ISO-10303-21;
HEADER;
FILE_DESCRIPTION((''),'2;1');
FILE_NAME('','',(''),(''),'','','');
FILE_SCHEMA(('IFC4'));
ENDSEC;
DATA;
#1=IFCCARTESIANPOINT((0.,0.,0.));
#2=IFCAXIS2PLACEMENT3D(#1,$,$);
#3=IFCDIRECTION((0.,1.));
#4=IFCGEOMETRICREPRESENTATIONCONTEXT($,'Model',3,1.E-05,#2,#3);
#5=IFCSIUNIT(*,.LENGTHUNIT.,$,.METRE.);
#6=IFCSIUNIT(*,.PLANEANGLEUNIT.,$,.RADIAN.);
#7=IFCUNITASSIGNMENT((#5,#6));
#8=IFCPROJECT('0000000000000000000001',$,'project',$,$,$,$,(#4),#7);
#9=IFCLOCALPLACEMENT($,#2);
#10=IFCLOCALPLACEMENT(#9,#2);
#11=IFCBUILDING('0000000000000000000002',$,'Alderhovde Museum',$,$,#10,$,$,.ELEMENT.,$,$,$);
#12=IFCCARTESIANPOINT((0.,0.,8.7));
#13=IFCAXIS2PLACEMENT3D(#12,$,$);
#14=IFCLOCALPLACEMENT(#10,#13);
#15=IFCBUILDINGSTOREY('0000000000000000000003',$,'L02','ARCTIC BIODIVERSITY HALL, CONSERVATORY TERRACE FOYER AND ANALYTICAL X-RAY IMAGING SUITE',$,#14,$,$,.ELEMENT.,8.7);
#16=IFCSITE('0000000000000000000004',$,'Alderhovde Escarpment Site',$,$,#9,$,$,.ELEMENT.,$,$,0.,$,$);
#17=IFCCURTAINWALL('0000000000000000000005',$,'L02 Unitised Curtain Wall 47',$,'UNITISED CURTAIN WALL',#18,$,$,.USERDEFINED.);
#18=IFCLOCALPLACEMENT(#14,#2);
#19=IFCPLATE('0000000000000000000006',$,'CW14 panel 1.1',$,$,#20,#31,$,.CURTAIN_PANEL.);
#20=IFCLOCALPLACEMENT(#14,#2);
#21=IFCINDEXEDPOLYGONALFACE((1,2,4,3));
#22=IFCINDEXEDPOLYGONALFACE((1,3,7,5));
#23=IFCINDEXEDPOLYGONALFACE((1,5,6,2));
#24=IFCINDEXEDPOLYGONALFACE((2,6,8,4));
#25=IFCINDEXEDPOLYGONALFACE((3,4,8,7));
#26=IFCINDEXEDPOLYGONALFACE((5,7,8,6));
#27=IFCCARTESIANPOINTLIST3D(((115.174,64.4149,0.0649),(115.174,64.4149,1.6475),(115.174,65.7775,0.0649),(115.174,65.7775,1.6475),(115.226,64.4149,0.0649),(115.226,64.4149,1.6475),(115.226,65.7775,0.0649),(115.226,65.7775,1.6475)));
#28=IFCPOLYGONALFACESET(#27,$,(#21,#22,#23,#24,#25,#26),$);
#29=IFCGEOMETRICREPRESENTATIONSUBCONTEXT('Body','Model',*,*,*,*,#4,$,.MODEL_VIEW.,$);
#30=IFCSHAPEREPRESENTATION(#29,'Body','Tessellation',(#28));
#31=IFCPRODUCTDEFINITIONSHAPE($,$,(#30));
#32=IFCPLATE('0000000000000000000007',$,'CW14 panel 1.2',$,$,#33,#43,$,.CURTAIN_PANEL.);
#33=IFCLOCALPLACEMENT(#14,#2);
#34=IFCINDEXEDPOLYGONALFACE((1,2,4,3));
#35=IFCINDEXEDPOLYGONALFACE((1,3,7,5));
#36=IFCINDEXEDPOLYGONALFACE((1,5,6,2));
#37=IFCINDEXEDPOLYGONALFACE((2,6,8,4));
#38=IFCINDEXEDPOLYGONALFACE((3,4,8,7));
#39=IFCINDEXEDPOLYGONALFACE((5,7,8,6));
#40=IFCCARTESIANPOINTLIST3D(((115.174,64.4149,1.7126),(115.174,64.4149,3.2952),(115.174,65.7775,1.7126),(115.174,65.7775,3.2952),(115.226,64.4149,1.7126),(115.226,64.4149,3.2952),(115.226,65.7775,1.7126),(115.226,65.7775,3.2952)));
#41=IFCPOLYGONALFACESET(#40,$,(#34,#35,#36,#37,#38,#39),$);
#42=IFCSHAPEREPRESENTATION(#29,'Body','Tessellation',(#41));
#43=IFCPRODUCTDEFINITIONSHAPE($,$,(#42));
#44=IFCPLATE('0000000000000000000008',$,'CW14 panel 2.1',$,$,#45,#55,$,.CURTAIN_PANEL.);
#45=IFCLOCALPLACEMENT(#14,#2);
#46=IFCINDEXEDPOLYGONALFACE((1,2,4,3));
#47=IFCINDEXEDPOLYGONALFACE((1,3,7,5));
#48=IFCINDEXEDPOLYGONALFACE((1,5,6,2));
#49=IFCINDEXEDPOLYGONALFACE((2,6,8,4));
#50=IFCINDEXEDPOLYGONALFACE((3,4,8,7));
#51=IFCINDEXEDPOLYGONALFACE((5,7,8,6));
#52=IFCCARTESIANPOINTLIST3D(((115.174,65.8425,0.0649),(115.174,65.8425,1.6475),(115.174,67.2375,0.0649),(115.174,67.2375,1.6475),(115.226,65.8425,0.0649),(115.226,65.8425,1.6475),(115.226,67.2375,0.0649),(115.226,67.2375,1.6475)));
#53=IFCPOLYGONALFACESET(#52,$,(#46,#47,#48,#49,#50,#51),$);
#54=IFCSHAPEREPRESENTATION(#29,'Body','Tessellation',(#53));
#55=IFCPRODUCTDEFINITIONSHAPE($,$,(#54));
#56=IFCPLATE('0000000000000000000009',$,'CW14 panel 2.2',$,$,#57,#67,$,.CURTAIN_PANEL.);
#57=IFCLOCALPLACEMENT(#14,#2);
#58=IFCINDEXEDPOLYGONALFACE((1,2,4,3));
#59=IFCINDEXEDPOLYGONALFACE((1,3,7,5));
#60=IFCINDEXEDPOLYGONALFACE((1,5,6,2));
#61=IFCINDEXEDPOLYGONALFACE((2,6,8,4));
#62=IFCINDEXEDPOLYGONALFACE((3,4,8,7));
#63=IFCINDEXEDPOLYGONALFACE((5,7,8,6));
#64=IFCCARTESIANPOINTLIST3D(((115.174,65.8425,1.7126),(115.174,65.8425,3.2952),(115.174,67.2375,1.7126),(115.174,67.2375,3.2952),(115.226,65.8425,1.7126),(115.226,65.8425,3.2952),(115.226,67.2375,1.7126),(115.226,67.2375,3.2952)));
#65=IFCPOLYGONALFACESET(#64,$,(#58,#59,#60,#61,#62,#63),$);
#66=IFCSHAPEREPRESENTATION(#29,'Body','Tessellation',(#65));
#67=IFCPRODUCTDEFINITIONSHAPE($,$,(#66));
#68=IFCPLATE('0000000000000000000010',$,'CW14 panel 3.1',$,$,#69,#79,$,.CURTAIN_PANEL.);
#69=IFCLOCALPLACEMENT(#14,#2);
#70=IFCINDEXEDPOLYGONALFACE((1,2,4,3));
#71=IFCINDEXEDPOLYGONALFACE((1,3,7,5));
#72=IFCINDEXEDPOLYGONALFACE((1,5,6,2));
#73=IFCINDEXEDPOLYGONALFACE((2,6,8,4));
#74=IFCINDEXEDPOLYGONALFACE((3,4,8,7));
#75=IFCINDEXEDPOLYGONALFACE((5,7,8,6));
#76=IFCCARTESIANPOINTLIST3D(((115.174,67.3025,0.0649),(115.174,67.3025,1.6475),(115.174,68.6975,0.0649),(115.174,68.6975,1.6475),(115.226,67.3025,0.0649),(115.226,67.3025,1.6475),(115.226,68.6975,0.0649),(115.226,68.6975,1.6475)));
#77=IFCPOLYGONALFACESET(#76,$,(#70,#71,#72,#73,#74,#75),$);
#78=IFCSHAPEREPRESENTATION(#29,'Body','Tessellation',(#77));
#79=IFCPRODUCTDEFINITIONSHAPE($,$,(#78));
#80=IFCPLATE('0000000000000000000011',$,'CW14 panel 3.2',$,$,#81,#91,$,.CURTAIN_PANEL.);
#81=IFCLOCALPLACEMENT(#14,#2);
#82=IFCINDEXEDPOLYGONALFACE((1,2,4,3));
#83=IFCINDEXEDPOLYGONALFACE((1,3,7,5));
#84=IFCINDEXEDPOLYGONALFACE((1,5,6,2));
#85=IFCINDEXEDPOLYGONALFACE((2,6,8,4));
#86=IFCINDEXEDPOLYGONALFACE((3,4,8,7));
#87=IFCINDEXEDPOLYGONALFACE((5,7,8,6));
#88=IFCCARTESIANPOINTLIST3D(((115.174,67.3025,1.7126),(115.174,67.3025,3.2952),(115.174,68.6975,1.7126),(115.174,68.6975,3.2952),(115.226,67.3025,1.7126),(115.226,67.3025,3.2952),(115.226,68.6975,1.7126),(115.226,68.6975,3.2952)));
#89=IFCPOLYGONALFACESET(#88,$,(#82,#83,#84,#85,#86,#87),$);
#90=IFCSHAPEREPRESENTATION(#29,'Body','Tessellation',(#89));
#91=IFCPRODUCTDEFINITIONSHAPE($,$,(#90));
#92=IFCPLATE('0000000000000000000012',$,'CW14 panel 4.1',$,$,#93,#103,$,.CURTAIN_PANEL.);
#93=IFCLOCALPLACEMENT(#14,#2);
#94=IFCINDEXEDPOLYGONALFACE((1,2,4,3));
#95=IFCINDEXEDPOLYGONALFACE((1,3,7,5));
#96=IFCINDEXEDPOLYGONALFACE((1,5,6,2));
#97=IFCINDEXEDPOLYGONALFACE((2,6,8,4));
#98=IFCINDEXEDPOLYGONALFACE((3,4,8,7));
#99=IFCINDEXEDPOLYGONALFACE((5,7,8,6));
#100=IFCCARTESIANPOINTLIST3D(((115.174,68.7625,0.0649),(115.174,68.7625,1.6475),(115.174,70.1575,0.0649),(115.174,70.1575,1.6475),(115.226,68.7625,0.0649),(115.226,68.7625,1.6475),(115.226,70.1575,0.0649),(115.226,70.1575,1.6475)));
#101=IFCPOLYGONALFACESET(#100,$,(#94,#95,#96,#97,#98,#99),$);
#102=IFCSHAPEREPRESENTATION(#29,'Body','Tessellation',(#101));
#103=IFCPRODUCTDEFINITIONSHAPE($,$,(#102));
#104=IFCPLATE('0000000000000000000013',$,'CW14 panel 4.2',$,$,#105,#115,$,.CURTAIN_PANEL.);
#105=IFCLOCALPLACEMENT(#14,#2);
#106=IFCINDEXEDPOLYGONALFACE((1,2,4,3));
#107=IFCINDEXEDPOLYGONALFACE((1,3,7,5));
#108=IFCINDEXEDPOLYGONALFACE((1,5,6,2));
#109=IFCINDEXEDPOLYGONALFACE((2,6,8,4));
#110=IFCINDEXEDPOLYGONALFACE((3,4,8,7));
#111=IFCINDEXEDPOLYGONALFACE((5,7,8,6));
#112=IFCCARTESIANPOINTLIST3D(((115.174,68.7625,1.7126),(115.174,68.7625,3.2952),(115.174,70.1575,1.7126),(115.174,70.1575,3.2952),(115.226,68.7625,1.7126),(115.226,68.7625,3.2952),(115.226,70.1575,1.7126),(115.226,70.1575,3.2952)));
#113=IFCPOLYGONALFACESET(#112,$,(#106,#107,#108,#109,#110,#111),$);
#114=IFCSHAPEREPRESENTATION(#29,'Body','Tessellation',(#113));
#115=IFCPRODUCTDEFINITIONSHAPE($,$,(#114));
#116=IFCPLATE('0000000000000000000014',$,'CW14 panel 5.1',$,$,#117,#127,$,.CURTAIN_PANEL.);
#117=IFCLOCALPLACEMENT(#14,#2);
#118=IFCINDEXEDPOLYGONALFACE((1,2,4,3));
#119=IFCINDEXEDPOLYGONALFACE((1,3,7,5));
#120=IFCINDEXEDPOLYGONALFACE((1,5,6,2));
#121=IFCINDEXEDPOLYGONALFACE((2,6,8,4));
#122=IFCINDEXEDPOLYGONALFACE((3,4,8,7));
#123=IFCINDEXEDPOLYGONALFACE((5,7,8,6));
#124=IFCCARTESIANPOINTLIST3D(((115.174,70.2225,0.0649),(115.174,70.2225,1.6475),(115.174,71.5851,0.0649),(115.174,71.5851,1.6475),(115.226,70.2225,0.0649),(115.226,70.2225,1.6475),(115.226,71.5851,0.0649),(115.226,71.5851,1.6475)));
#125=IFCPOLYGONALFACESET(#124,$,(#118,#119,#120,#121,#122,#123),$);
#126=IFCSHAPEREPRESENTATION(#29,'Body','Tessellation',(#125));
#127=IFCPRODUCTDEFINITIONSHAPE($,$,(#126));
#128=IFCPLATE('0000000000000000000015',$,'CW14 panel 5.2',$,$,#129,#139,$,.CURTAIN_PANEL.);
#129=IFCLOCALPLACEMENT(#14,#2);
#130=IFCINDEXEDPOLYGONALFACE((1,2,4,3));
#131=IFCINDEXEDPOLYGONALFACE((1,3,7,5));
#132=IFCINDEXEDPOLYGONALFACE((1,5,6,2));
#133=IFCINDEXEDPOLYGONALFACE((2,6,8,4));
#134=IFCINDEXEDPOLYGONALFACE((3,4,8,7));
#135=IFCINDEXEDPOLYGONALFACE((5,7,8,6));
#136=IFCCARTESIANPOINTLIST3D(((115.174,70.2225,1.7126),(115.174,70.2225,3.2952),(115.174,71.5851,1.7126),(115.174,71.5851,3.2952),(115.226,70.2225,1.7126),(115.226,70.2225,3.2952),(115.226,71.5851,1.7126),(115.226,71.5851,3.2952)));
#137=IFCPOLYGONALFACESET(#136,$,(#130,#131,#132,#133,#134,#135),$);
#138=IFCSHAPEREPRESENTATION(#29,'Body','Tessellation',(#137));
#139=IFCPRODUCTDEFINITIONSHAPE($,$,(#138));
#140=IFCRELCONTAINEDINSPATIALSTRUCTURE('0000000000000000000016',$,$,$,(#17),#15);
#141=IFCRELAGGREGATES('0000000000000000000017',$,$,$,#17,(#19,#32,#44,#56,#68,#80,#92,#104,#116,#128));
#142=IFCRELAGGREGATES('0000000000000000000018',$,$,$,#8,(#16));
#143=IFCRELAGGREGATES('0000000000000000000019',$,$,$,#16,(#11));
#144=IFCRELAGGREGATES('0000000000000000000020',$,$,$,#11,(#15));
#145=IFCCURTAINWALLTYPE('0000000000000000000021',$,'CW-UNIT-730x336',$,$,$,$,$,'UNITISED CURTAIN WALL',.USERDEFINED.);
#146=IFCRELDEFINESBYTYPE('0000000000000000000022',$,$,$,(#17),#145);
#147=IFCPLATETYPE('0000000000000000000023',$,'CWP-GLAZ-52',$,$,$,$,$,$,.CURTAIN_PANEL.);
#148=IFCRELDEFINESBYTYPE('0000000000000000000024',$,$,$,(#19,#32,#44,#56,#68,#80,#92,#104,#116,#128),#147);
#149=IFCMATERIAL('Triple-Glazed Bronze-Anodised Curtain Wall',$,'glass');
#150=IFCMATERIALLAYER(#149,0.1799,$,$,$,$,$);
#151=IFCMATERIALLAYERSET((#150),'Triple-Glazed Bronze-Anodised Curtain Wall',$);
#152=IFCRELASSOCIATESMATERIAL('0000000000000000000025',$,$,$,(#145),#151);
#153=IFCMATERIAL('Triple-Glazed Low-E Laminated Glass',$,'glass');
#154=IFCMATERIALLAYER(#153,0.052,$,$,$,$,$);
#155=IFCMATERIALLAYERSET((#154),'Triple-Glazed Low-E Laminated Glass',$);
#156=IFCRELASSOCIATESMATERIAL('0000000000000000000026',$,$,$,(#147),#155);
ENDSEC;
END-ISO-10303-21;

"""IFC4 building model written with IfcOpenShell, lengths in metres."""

from ifc_helpers import new_model, si_unit, direction, frame, origin, origin_2d, place, context, subcontext, project, spatial, rectangle, extrude, material, layer, layer_set, type_object, element, aggregate, save


model = new_model("IFC4")

# Units and contexts
model_context = context("Model", 3, precision=1e-05, world=origin(), true_north=direction((0.0, 1.0)))
body_context = subcontext(model_context, "Body", "Model", "MODEL_VIEW")
ifc_project = project(units=[si_unit("LENGTHUNIT", "METRE"), si_unit("PLANEANGLEUNIT", "RADIAN")], contexts=[model_context])

# Site, building, storey
site_placement = place(None, origin())
site = spatial("IfcSite", under=ifc_project, at=site_placement, Name="Alderhovde Escarpment Site", CompositionType="ELEMENT", RefElevation=0.0)
building_placement = place(site_placement, origin())
building = spatial("IfcBuilding", under=site, at=building_placement, Name="Alderhovde Museum", CompositionType="ELEMENT")
storey_placement = place(building_placement, frame((0.0, 0.0, 8.7)))
storey = spatial("IfcBuildingStorey", under=building, at=storey_placement, Name="L02", Description="ARCTIC BIODIVERSITY HALL, CONSERVATORY TERRACE FOYER AND ANALYTICAL X-RAY IMAGING SUITE", CompositionType="ELEMENT", Elevation=8.7)

# Curtain wall
ifc_material_1 = material(Name="Triple-Glazed Bronze-Anodised Curtain Wall", Category="glass")
ifc_layer_1 = layer(ifc_material_1, 0.1799)
ifc_layer_set_1 = layer_set([ifc_layer_1], Name="Triple-Glazed Bronze-Anodised Curtain Wall")
curtain_wall_type = type_object("IfcCurtainWallType", Name="CW-UNIT-730x336", ElementType="UNITISED CURTAIN WALL", PredefinedType="USERDEFINED", material=ifc_layer_set_1)
curtain_wall_placement = place(storey_placement, origin())
curtain_wall = element("IfcCurtainWall", 1, at=curtain_wall_placement, inside=storey, type_object=curtain_wall_type, Name="L02 Unitised Curtain Wall 47", ObjectType="UNITISED CURTAIN WALL", PredefinedType="USERDEFINED")

# Plates
ifc_material_2 = material(Name="Triple-Glazed Low-E Laminated Glass", Category="glass")
ifc_layer_2 = layer(ifc_material_2, 0.052)
ifc_layer_set_2 = layer_set([ifc_layer_2], Name="Triple-Glazed Low-E Laminated Glass")
plate_type = type_object("IfcPlateType", Name="CWP-GLAZ-52", PredefinedType="CURTAIN_PANEL", material=ifc_layer_set_2)
plate_1_placement = place(storey_placement, frame((115.2, 65.0962, 0.0649), z_axis=(0.0, 0.0, 1.0), x_axis=(0.0, 1.0, 0.0)))
plate_1 = element("IfcPlate", 2, at=plate_1_placement, type_object=plate_type, Name="CW14 panel 1.1", PredefinedType="CURTAIN_PANEL", context=body_context, shape_type="SweptSolid", body=[
    extrude(rectangle(XDim=1.3625, YDim=0.052, at=origin_2d()), origin(), (0.0, 0.0, 1.0), 1.5825),
])
plate_2_placement = place(storey_placement, frame((115.2, 65.0962, 1.7126), z_axis=(0.0, 0.0, 1.0), x_axis=(0.0, 1.0, 0.0)))
plate_2 = element("IfcPlate", 3, at=plate_2_placement, type_object=plate_type, Name="CW14 panel 1.2", PredefinedType="CURTAIN_PANEL", context=body_context, shape_type="SweptSolid", body=[
    extrude(rectangle(XDim=1.3625, YDim=0.052, at=origin_2d()), origin(), (0.0, 0.0, 1.0), 1.5825),
])
plate_3_placement = place(storey_placement, frame((115.2, 66.54, 0.0649), z_axis=(0.0, 0.0, 1.0), x_axis=(0.0, 1.0, 0.0)))
plate_3 = element("IfcPlate", 4, at=plate_3_placement, type_object=plate_type, Name="CW14 panel 2.1", PredefinedType="CURTAIN_PANEL", context=body_context, shape_type="SweptSolid", body=[
    extrude(rectangle(XDim=1.395, YDim=0.052, at=origin_2d()), origin(), (0.0, 0.0, 1.0), 1.5825),
])
plate_4_placement = place(storey_placement, frame((115.2, 66.54, 1.7126), z_axis=(0.0, 0.0, 1.0), x_axis=(0.0, 1.0, 0.0)))
plate_4 = element("IfcPlate", 5, at=plate_4_placement, type_object=plate_type, Name="CW14 panel 2.2", PredefinedType="CURTAIN_PANEL", context=body_context, shape_type="SweptSolid", body=[
    extrude(rectangle(XDim=1.395, YDim=0.052, at=origin_2d()), origin(), (0.0, 0.0, 1.0), 1.5825),
])
plate_5_placement = place(storey_placement, frame((115.2, 68.0, 0.0649), z_axis=(0.0, 0.0, 1.0), x_axis=(0.0, 1.0, 0.0)))
plate_5 = element("IfcPlate", 6, at=plate_5_placement, type_object=plate_type, Name="CW14 panel 3.1", PredefinedType="CURTAIN_PANEL", context=body_context, shape_type="SweptSolid", body=[
    extrude(rectangle(XDim=1.395, YDim=0.052, at=origin_2d()), origin(), (0.0, 0.0, 1.0), 1.5825),
])
plate_6_placement = place(storey_placement, frame((115.2, 68.0, 1.7126), z_axis=(0.0, 0.0, 1.0), x_axis=(0.0, 1.0, 0.0)))
plate_6 = element("IfcPlate", 7, at=plate_6_placement, type_object=plate_type, Name="CW14 panel 3.2", PredefinedType="CURTAIN_PANEL", context=body_context, shape_type="SweptSolid", body=[
    extrude(rectangle(XDim=1.395, YDim=0.052, at=origin_2d()), origin(), (0.0, 0.0, 1.0), 1.5825),
])
plate_7_placement = place(storey_placement, frame((115.2, 69.46, 0.0649), z_axis=(0.0, 0.0, 1.0), x_axis=(0.0, 1.0, 0.0)))
plate_7 = element("IfcPlate", 8, at=plate_7_placement, type_object=plate_type, Name="CW14 panel 4.1", PredefinedType="CURTAIN_PANEL", context=body_context, shape_type="SweptSolid", body=[
    extrude(rectangle(XDim=1.395, YDim=0.052, at=origin_2d()), origin(), (0.0, 0.0, 1.0), 1.5825),
])
plate_8_placement = place(storey_placement, frame((115.2, 69.46, 1.7126), z_axis=(0.0, 0.0, 1.0), x_axis=(0.0, 1.0, 0.0)))
plate_8 = element("IfcPlate", 9, at=plate_8_placement, type_object=plate_type, Name="CW14 panel 4.2", PredefinedType="CURTAIN_PANEL", context=body_context, shape_type="SweptSolid", body=[
    extrude(rectangle(XDim=1.395, YDim=0.052, at=origin_2d()), origin(), (0.0, 0.0, 1.0), 1.5825),
])
plate_9_placement = place(storey_placement, frame((115.2, 70.9038, 0.0649), z_axis=(0.0, 0.0, 1.0), x_axis=(0.0, 1.0, 0.0)))
plate_9 = element("IfcPlate", 10, at=plate_9_placement, type_object=plate_type, Name="CW14 panel 5.1", PredefinedType="CURTAIN_PANEL", context=body_context, shape_type="SweptSolid", body=[
    extrude(rectangle(XDim=1.3625, YDim=0.052, at=origin_2d()), origin(), (0.0, 0.0, 1.0), 1.5825),
])
plate_10_placement = place(storey_placement, frame((115.2, 70.9038, 1.7126), z_axis=(0.0, 0.0, 1.0), x_axis=(0.0, 1.0, 0.0)))
plate_10 = element("IfcPlate", 11, at=plate_10_placement, type_object=plate_type, Name="CW14 panel 5.2", PredefinedType="CURTAIN_PANEL", context=body_context, shape_type="SweptSolid", body=[
    extrude(rectangle(XDim=1.3625, YDim=0.052, at=origin_2d()), origin(), (0.0, 0.0, 1.0), 1.5825),
])
aggregate(curtain_wall, [plate_1, plate_2, plate_3, plate_4, plate_5, plate_6, plate_7, plate_8, plate_9, plate_10])

save(model, "model.ifc")
